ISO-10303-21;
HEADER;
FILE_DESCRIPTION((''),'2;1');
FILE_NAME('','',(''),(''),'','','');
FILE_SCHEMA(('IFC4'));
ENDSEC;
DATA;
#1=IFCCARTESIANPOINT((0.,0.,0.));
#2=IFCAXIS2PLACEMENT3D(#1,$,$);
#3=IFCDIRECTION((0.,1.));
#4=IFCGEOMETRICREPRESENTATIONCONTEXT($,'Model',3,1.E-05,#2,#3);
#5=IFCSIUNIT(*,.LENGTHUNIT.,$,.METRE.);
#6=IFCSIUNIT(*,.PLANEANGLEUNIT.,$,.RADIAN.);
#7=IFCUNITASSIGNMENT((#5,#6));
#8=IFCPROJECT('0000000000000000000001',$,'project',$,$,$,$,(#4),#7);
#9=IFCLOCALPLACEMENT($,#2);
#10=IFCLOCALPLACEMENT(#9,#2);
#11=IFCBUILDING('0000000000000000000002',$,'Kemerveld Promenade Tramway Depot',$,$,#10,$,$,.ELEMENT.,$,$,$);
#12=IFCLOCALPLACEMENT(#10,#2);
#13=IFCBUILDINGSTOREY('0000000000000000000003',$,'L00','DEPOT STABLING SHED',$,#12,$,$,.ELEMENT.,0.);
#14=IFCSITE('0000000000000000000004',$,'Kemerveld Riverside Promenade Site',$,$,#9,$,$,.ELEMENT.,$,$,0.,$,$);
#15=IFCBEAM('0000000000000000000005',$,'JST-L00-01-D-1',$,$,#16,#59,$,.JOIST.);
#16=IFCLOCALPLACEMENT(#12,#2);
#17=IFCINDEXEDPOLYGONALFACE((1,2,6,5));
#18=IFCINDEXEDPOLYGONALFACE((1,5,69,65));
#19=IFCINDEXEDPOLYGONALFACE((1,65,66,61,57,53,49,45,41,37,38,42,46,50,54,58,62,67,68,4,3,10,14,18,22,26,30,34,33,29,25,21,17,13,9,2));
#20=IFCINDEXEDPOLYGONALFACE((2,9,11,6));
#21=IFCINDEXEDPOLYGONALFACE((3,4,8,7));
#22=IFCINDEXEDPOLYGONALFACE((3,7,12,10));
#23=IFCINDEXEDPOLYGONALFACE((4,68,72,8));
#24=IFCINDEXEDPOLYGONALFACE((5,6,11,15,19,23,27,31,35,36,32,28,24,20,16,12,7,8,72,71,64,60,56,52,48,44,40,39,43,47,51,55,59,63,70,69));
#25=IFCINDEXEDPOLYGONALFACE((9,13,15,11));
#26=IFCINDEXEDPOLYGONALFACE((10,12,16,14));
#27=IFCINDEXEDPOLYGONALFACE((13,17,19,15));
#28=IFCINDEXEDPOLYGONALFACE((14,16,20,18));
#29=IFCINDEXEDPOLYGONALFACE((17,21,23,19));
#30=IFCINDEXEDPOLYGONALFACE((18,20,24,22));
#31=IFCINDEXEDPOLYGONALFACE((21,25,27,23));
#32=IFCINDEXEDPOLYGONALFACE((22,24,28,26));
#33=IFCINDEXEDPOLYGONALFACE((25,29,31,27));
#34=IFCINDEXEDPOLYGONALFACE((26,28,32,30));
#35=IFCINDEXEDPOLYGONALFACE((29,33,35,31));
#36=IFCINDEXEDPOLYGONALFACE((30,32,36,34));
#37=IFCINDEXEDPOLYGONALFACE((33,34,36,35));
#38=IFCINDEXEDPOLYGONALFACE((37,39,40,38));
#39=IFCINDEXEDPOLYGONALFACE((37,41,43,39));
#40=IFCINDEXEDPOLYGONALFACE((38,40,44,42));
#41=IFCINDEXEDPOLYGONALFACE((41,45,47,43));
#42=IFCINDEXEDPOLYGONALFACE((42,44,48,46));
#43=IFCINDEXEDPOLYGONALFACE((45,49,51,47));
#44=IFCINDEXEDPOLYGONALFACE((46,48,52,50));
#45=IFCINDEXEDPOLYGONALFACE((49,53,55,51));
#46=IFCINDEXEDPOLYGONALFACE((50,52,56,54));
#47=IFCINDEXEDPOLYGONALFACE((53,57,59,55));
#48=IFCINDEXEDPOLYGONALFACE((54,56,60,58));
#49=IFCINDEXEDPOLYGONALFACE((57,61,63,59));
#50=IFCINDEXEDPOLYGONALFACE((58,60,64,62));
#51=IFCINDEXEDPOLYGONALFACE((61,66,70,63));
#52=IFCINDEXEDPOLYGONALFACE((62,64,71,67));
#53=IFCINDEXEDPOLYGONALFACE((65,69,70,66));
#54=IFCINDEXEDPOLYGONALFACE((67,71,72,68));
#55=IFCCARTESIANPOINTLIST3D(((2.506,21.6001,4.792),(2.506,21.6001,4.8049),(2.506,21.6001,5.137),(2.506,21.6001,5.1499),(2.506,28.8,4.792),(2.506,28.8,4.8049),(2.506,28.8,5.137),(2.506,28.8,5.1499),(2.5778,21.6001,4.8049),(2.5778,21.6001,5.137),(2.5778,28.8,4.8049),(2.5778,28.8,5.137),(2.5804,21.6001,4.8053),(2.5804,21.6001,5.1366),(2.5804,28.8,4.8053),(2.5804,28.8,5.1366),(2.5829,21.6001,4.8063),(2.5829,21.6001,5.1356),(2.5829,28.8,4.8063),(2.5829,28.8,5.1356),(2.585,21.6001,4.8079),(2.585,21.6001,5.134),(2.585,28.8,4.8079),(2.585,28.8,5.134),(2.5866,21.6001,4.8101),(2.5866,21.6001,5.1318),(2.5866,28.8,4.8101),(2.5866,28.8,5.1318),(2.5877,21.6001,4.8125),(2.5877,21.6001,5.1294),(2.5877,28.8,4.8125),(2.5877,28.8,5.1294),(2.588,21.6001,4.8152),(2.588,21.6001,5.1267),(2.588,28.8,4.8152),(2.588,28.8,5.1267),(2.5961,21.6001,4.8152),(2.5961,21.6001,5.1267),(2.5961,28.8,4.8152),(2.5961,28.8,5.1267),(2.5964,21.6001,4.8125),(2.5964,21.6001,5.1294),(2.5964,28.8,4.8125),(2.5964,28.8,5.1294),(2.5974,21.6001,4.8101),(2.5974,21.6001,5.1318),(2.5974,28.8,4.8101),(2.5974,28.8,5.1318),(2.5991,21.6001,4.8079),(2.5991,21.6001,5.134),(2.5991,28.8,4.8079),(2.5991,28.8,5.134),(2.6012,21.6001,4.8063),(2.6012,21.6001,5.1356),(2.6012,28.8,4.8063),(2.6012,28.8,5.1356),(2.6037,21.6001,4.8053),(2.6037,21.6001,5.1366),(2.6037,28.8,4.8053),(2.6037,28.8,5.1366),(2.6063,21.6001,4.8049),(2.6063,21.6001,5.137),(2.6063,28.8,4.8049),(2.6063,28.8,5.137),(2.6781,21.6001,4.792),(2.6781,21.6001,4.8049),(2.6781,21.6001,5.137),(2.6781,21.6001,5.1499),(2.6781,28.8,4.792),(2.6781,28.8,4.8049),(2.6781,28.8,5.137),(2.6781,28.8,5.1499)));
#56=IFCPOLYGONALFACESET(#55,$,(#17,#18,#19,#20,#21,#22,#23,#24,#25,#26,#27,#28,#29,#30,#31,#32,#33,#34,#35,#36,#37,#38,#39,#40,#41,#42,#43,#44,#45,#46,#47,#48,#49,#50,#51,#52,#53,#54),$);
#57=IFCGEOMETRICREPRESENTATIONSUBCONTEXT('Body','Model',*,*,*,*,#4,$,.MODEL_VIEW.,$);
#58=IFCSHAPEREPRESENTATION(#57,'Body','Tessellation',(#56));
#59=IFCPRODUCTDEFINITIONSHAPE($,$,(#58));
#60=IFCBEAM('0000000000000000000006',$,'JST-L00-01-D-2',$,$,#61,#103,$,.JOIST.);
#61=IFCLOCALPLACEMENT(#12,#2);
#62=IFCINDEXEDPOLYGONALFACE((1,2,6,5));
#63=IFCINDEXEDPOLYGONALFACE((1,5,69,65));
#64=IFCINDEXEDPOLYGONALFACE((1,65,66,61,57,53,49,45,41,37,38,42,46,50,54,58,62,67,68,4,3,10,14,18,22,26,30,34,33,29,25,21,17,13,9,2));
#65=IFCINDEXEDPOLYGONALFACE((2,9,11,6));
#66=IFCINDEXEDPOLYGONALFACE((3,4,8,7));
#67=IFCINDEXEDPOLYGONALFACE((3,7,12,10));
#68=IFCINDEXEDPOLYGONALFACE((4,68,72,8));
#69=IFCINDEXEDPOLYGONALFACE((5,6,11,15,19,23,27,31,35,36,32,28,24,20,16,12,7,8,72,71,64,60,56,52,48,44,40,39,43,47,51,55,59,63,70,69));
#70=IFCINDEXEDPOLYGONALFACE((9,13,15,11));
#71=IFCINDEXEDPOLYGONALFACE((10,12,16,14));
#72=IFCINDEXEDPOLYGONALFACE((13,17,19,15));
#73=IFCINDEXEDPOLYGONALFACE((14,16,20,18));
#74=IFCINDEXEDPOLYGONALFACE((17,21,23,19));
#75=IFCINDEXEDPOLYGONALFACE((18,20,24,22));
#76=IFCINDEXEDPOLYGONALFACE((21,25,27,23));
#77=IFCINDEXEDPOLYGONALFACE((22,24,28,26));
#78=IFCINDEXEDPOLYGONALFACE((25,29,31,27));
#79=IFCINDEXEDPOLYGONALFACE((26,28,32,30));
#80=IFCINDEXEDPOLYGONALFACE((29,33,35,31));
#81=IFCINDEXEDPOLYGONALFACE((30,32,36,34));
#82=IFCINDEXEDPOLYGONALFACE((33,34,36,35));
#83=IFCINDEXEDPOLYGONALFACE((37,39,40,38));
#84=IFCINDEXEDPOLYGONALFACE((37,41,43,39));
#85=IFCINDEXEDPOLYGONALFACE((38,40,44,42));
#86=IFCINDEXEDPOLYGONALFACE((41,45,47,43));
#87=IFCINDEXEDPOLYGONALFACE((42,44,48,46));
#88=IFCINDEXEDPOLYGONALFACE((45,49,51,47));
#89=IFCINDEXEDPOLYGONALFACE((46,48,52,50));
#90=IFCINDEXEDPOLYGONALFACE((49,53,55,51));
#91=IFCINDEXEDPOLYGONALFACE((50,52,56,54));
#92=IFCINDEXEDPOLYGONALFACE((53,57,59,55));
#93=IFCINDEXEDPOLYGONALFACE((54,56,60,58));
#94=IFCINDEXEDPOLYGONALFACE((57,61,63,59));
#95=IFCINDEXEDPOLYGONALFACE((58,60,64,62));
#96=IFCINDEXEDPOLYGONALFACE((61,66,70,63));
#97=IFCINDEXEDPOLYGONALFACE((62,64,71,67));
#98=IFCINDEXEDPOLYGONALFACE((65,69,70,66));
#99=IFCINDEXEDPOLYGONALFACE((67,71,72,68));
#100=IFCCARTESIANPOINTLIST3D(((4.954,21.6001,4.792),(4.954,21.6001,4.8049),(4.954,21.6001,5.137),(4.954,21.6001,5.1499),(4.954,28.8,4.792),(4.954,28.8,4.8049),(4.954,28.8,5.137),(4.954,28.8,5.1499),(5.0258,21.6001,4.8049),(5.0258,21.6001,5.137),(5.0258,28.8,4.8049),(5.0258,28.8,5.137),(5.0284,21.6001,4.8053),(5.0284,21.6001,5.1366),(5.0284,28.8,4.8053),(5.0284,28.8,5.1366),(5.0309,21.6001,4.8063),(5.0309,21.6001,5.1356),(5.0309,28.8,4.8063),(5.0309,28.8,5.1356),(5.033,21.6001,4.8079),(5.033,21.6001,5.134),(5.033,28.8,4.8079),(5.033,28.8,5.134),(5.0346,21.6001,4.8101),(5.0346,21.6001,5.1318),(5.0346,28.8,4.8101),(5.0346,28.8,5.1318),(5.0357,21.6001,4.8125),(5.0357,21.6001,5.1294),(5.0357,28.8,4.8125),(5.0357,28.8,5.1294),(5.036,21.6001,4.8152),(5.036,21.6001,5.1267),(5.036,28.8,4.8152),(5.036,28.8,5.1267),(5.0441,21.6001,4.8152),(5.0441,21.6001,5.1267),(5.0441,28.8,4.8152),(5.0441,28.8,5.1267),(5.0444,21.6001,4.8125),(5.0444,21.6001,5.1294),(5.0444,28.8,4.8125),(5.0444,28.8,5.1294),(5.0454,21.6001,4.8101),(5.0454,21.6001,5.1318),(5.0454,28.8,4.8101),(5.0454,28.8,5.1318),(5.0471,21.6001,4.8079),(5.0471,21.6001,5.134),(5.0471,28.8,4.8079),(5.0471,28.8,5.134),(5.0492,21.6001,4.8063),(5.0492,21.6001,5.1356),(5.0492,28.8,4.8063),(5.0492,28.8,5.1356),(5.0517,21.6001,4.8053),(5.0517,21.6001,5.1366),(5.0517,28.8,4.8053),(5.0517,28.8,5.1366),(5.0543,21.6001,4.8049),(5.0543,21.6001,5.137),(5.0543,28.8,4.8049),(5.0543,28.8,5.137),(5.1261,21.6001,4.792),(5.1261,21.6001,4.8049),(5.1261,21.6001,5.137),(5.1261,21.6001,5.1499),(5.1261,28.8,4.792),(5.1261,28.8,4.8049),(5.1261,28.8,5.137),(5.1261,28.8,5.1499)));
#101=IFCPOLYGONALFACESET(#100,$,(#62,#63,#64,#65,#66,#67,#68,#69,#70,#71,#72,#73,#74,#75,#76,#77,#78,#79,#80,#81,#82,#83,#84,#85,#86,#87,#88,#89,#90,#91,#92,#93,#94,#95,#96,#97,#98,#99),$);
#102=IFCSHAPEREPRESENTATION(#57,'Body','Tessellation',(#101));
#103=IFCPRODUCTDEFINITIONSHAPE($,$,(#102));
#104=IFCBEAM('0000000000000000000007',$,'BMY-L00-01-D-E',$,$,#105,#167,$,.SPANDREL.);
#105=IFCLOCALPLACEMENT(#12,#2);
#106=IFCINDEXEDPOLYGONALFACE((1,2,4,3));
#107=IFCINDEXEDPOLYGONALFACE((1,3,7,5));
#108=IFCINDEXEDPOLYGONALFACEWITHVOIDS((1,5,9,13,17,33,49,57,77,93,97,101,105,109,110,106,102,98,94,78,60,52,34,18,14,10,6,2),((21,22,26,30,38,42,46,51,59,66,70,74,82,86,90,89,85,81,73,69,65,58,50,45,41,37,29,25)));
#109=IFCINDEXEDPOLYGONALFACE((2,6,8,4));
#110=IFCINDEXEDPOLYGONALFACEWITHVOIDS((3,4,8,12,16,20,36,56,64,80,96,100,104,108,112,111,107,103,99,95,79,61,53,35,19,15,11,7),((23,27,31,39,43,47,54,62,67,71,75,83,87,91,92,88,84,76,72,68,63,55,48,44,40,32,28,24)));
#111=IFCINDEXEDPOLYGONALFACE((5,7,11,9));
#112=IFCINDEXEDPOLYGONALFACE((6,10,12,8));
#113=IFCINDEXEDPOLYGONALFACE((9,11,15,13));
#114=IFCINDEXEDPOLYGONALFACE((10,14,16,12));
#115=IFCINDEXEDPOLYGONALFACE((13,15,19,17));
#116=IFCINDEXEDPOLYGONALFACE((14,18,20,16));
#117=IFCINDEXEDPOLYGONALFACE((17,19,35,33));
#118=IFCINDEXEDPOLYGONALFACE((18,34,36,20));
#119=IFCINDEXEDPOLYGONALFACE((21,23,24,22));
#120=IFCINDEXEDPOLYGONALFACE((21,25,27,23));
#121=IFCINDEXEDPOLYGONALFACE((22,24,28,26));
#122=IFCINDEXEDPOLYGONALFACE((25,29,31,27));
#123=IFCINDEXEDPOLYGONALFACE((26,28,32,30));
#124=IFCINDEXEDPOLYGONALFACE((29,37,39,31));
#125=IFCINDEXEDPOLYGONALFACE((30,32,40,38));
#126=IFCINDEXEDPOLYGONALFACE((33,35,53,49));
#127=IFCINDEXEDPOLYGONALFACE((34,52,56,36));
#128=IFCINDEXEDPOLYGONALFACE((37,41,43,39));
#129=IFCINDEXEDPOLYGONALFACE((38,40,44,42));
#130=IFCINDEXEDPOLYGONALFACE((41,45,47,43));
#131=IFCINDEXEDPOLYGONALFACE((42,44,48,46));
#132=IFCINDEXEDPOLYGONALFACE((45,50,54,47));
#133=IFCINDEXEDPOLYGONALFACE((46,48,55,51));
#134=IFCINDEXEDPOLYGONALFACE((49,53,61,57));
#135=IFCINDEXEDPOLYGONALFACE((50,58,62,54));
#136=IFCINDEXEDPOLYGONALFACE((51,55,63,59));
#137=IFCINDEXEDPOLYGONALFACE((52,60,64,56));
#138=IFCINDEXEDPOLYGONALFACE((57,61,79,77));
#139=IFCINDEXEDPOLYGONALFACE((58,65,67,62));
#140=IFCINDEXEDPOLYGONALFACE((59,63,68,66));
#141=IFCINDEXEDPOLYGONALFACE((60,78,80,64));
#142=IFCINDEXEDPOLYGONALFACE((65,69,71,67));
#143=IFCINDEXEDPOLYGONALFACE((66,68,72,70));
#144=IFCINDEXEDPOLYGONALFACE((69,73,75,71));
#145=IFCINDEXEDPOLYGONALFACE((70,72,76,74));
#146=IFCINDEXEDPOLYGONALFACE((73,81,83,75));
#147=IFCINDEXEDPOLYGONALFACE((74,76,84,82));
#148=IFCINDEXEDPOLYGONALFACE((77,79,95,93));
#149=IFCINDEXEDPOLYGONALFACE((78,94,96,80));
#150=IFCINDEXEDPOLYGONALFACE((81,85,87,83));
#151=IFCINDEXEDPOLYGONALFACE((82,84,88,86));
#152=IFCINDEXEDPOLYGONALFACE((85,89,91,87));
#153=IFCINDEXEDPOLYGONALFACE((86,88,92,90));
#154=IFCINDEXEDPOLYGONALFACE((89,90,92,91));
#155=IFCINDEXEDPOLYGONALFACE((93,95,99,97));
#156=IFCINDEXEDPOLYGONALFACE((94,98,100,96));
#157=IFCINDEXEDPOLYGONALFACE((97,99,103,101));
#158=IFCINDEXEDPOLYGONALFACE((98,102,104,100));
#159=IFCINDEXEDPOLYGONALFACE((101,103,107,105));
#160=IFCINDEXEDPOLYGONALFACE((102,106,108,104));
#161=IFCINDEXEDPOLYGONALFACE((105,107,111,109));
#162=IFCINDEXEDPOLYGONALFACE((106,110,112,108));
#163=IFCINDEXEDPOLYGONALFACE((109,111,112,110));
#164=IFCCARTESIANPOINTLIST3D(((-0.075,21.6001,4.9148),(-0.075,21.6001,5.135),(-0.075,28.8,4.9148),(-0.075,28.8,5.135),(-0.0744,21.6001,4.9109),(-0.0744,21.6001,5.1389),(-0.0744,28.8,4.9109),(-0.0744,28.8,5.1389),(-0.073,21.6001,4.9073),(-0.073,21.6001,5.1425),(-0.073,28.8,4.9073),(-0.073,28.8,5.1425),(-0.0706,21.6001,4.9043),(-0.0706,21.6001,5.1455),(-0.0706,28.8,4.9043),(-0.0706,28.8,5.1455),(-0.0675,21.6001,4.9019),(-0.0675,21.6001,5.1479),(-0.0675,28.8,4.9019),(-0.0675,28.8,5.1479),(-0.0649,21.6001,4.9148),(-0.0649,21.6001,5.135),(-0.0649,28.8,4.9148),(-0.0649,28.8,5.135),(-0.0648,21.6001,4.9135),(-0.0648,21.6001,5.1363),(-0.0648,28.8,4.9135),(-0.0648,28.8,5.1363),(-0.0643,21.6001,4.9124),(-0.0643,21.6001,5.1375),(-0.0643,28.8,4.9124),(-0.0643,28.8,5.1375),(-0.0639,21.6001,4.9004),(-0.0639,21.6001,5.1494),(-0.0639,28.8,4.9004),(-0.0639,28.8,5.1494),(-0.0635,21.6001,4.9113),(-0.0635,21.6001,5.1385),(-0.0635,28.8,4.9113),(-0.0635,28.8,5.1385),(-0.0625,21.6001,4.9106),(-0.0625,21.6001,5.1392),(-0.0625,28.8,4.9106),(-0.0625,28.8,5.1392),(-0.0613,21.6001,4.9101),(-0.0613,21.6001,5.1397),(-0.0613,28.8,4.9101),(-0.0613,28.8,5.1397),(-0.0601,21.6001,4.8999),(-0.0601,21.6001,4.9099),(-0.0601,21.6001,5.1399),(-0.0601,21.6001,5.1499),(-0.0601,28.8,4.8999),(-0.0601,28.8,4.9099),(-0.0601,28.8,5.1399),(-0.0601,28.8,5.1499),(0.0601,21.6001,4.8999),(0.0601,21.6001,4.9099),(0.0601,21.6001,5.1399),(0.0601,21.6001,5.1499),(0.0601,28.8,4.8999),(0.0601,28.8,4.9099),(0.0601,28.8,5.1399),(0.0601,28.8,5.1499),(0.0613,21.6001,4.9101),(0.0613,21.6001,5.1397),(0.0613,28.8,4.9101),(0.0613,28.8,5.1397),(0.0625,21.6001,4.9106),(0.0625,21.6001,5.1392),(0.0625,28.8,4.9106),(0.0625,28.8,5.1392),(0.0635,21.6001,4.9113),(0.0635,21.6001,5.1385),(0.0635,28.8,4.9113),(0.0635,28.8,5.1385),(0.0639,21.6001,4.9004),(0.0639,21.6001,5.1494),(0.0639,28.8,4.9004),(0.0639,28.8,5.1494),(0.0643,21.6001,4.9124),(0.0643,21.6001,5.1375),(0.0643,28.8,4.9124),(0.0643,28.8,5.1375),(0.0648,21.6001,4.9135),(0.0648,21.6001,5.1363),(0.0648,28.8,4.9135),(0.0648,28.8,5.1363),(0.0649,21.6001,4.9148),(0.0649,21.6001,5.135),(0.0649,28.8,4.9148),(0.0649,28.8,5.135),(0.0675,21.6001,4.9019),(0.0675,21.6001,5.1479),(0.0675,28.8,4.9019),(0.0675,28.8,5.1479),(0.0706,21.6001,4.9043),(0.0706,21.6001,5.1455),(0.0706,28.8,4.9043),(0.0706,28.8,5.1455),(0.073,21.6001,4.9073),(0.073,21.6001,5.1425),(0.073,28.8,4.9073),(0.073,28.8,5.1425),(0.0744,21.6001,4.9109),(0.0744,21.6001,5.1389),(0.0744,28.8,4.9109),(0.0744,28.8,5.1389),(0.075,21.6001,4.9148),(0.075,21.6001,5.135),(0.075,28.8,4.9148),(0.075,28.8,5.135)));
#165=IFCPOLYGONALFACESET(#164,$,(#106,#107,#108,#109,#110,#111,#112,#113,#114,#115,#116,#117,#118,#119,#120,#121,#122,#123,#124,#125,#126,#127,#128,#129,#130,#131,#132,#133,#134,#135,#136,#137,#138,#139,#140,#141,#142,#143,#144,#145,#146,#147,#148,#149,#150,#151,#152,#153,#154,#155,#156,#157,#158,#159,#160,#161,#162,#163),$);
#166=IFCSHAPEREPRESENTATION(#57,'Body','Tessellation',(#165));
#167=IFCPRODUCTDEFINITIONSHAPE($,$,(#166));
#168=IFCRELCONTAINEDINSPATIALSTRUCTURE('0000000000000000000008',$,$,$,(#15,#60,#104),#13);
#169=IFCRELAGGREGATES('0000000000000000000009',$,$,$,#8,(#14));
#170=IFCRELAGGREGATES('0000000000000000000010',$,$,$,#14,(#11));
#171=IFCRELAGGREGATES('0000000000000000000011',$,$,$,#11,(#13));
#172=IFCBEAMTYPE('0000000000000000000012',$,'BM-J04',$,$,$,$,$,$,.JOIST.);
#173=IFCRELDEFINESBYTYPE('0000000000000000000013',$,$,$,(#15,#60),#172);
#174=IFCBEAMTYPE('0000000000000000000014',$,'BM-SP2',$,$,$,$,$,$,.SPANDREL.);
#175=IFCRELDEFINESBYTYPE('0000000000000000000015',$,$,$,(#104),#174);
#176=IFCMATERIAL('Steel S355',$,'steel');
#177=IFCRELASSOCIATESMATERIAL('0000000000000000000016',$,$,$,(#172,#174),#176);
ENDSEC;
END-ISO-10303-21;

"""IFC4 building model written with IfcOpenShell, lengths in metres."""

from ifc_helpers import new_model, si_unit, direction, frame, origin, origin_2d, place, context, subcontext, project, spatial, hollow_rectangle, i_section, extrude, material, material_profile, profile_set, type_object, element, save


model = new_model("IFC4")

# Units and contexts
model_context = context("Model", 3, precision=1e-05, world=origin(), true_north=direction((0.0, 1.0)))
body_context = subcontext(model_context, "Body", "Model", "MODEL_VIEW")
ifc_project = project(units=[si_unit("LENGTHUNIT", "METRE"), si_unit("PLANEANGLEUNIT", "RADIAN")], contexts=[model_context])

# Site, building, storey
site_placement = place(None, origin())
site = spatial("IfcSite", under=ifc_project, at=site_placement, Name="Kemerveld Riverside Promenade Site", CompositionType="ELEMENT", RefElevation=0.0)
building_placement = place(site_placement, origin())
building = spatial("IfcBuilding", under=site, at=building_placement, Name="Kemerveld Promenade Tramway Depot", CompositionType="ELEMENT")
storey_placement = place(building_placement, origin())
storey = spatial("IfcBuildingStorey", under=building, at=storey_placement, Name="L00", Description="DEPOT STABLING SHED", CompositionType="ELEMENT", Elevation=0.0)

# Shared definitions
ifc_material_1 = material(Name="Steel S355", Category="steel")

# Beams
ifc_material_profile_1 = material_profile(ifc_material_1, i_section(OverallWidth=0.1721, OverallDepth=0.3579, WebThickness=0.0081, FlangeThickness=0.0129, FilletRadius=0.0103, at=origin_2d()), Name="356x171x57 UB")
ifc_profile_set_1 = profile_set([ifc_material_profile_1], Name="Steel S355")
beam_type_1 = type_object("IfcBeamType", Name="BM-J04", PredefinedType="JOIST", material=ifc_profile_set_1)
for number, where, z_axis, x_axis, name in (
    (1, (2.592, 21.6001, 4.9709), (0.0, 1.0, 0.0), (-1.0, 0.0, 0.0), "JST-L00-01-D-1"),
    (2, (5.04, 21.6001, 4.9709), (0.0, 1.0, 0.0), (-1.0, 0.0, 0.0), "JST-L00-01-D-2"),
):
    element("IfcBeam", number, at=place(storey_placement, frame(where, z_axis=z_axis, x_axis=x_axis)), inside=storey, type_object=beam_type_1, Name=name, PredefinedType="JOIST", context=body_context, shape_type="SweptSolid", body=[
        extrude(i_section(OverallWidth=0.1721, OverallDepth=0.3579, WebThickness=0.0081, FlangeThickness=0.0129, FilletRadius=0.0103, at=origin_2d()), origin(), (0.0, 0.0, 1.0), 7.2),
    ])
ifc_material_profile_2 = material_profile(ifc_material_1, hollow_rectangle(XDim=0.1499, YDim=0.25, WallThickness=0.01, InnerFilletRadius=0.0049, OuterFilletRadius=0.0149, at=origin_2d()), Name="250x150x10.0 RHS")
ifc_profile_set_2 = profile_set([ifc_material_profile_2], Name="Steel S355")
beam_type_2 = type_object("IfcBeamType", Name="BM-SP2", PredefinedType="SPANDREL", material=ifc_profile_set_2)
beam_1_placement = place(storey_placement, frame((0.0, 21.6001, 5.0249), z_axis=(0.0, 1.0, 0.0), x_axis=(-1.0, 0.0, 0.0)))
element("IfcBeam", 3, at=beam_1_placement, inside=storey, type_object=beam_type_2, Name="BMY-L00-01-D-E", PredefinedType="SPANDREL", context=body_context, shape_type="SweptSolid", body=[
    extrude(hollow_rectangle(XDim=0.1499, YDim=0.25, WallThickness=0.01, InnerFilletRadius=0.0049, OuterFilletRadius=0.0149, at=origin_2d()), origin(), (0.0, 0.0, 1.0), 7.2),
])

save(model, "model.ifc")
